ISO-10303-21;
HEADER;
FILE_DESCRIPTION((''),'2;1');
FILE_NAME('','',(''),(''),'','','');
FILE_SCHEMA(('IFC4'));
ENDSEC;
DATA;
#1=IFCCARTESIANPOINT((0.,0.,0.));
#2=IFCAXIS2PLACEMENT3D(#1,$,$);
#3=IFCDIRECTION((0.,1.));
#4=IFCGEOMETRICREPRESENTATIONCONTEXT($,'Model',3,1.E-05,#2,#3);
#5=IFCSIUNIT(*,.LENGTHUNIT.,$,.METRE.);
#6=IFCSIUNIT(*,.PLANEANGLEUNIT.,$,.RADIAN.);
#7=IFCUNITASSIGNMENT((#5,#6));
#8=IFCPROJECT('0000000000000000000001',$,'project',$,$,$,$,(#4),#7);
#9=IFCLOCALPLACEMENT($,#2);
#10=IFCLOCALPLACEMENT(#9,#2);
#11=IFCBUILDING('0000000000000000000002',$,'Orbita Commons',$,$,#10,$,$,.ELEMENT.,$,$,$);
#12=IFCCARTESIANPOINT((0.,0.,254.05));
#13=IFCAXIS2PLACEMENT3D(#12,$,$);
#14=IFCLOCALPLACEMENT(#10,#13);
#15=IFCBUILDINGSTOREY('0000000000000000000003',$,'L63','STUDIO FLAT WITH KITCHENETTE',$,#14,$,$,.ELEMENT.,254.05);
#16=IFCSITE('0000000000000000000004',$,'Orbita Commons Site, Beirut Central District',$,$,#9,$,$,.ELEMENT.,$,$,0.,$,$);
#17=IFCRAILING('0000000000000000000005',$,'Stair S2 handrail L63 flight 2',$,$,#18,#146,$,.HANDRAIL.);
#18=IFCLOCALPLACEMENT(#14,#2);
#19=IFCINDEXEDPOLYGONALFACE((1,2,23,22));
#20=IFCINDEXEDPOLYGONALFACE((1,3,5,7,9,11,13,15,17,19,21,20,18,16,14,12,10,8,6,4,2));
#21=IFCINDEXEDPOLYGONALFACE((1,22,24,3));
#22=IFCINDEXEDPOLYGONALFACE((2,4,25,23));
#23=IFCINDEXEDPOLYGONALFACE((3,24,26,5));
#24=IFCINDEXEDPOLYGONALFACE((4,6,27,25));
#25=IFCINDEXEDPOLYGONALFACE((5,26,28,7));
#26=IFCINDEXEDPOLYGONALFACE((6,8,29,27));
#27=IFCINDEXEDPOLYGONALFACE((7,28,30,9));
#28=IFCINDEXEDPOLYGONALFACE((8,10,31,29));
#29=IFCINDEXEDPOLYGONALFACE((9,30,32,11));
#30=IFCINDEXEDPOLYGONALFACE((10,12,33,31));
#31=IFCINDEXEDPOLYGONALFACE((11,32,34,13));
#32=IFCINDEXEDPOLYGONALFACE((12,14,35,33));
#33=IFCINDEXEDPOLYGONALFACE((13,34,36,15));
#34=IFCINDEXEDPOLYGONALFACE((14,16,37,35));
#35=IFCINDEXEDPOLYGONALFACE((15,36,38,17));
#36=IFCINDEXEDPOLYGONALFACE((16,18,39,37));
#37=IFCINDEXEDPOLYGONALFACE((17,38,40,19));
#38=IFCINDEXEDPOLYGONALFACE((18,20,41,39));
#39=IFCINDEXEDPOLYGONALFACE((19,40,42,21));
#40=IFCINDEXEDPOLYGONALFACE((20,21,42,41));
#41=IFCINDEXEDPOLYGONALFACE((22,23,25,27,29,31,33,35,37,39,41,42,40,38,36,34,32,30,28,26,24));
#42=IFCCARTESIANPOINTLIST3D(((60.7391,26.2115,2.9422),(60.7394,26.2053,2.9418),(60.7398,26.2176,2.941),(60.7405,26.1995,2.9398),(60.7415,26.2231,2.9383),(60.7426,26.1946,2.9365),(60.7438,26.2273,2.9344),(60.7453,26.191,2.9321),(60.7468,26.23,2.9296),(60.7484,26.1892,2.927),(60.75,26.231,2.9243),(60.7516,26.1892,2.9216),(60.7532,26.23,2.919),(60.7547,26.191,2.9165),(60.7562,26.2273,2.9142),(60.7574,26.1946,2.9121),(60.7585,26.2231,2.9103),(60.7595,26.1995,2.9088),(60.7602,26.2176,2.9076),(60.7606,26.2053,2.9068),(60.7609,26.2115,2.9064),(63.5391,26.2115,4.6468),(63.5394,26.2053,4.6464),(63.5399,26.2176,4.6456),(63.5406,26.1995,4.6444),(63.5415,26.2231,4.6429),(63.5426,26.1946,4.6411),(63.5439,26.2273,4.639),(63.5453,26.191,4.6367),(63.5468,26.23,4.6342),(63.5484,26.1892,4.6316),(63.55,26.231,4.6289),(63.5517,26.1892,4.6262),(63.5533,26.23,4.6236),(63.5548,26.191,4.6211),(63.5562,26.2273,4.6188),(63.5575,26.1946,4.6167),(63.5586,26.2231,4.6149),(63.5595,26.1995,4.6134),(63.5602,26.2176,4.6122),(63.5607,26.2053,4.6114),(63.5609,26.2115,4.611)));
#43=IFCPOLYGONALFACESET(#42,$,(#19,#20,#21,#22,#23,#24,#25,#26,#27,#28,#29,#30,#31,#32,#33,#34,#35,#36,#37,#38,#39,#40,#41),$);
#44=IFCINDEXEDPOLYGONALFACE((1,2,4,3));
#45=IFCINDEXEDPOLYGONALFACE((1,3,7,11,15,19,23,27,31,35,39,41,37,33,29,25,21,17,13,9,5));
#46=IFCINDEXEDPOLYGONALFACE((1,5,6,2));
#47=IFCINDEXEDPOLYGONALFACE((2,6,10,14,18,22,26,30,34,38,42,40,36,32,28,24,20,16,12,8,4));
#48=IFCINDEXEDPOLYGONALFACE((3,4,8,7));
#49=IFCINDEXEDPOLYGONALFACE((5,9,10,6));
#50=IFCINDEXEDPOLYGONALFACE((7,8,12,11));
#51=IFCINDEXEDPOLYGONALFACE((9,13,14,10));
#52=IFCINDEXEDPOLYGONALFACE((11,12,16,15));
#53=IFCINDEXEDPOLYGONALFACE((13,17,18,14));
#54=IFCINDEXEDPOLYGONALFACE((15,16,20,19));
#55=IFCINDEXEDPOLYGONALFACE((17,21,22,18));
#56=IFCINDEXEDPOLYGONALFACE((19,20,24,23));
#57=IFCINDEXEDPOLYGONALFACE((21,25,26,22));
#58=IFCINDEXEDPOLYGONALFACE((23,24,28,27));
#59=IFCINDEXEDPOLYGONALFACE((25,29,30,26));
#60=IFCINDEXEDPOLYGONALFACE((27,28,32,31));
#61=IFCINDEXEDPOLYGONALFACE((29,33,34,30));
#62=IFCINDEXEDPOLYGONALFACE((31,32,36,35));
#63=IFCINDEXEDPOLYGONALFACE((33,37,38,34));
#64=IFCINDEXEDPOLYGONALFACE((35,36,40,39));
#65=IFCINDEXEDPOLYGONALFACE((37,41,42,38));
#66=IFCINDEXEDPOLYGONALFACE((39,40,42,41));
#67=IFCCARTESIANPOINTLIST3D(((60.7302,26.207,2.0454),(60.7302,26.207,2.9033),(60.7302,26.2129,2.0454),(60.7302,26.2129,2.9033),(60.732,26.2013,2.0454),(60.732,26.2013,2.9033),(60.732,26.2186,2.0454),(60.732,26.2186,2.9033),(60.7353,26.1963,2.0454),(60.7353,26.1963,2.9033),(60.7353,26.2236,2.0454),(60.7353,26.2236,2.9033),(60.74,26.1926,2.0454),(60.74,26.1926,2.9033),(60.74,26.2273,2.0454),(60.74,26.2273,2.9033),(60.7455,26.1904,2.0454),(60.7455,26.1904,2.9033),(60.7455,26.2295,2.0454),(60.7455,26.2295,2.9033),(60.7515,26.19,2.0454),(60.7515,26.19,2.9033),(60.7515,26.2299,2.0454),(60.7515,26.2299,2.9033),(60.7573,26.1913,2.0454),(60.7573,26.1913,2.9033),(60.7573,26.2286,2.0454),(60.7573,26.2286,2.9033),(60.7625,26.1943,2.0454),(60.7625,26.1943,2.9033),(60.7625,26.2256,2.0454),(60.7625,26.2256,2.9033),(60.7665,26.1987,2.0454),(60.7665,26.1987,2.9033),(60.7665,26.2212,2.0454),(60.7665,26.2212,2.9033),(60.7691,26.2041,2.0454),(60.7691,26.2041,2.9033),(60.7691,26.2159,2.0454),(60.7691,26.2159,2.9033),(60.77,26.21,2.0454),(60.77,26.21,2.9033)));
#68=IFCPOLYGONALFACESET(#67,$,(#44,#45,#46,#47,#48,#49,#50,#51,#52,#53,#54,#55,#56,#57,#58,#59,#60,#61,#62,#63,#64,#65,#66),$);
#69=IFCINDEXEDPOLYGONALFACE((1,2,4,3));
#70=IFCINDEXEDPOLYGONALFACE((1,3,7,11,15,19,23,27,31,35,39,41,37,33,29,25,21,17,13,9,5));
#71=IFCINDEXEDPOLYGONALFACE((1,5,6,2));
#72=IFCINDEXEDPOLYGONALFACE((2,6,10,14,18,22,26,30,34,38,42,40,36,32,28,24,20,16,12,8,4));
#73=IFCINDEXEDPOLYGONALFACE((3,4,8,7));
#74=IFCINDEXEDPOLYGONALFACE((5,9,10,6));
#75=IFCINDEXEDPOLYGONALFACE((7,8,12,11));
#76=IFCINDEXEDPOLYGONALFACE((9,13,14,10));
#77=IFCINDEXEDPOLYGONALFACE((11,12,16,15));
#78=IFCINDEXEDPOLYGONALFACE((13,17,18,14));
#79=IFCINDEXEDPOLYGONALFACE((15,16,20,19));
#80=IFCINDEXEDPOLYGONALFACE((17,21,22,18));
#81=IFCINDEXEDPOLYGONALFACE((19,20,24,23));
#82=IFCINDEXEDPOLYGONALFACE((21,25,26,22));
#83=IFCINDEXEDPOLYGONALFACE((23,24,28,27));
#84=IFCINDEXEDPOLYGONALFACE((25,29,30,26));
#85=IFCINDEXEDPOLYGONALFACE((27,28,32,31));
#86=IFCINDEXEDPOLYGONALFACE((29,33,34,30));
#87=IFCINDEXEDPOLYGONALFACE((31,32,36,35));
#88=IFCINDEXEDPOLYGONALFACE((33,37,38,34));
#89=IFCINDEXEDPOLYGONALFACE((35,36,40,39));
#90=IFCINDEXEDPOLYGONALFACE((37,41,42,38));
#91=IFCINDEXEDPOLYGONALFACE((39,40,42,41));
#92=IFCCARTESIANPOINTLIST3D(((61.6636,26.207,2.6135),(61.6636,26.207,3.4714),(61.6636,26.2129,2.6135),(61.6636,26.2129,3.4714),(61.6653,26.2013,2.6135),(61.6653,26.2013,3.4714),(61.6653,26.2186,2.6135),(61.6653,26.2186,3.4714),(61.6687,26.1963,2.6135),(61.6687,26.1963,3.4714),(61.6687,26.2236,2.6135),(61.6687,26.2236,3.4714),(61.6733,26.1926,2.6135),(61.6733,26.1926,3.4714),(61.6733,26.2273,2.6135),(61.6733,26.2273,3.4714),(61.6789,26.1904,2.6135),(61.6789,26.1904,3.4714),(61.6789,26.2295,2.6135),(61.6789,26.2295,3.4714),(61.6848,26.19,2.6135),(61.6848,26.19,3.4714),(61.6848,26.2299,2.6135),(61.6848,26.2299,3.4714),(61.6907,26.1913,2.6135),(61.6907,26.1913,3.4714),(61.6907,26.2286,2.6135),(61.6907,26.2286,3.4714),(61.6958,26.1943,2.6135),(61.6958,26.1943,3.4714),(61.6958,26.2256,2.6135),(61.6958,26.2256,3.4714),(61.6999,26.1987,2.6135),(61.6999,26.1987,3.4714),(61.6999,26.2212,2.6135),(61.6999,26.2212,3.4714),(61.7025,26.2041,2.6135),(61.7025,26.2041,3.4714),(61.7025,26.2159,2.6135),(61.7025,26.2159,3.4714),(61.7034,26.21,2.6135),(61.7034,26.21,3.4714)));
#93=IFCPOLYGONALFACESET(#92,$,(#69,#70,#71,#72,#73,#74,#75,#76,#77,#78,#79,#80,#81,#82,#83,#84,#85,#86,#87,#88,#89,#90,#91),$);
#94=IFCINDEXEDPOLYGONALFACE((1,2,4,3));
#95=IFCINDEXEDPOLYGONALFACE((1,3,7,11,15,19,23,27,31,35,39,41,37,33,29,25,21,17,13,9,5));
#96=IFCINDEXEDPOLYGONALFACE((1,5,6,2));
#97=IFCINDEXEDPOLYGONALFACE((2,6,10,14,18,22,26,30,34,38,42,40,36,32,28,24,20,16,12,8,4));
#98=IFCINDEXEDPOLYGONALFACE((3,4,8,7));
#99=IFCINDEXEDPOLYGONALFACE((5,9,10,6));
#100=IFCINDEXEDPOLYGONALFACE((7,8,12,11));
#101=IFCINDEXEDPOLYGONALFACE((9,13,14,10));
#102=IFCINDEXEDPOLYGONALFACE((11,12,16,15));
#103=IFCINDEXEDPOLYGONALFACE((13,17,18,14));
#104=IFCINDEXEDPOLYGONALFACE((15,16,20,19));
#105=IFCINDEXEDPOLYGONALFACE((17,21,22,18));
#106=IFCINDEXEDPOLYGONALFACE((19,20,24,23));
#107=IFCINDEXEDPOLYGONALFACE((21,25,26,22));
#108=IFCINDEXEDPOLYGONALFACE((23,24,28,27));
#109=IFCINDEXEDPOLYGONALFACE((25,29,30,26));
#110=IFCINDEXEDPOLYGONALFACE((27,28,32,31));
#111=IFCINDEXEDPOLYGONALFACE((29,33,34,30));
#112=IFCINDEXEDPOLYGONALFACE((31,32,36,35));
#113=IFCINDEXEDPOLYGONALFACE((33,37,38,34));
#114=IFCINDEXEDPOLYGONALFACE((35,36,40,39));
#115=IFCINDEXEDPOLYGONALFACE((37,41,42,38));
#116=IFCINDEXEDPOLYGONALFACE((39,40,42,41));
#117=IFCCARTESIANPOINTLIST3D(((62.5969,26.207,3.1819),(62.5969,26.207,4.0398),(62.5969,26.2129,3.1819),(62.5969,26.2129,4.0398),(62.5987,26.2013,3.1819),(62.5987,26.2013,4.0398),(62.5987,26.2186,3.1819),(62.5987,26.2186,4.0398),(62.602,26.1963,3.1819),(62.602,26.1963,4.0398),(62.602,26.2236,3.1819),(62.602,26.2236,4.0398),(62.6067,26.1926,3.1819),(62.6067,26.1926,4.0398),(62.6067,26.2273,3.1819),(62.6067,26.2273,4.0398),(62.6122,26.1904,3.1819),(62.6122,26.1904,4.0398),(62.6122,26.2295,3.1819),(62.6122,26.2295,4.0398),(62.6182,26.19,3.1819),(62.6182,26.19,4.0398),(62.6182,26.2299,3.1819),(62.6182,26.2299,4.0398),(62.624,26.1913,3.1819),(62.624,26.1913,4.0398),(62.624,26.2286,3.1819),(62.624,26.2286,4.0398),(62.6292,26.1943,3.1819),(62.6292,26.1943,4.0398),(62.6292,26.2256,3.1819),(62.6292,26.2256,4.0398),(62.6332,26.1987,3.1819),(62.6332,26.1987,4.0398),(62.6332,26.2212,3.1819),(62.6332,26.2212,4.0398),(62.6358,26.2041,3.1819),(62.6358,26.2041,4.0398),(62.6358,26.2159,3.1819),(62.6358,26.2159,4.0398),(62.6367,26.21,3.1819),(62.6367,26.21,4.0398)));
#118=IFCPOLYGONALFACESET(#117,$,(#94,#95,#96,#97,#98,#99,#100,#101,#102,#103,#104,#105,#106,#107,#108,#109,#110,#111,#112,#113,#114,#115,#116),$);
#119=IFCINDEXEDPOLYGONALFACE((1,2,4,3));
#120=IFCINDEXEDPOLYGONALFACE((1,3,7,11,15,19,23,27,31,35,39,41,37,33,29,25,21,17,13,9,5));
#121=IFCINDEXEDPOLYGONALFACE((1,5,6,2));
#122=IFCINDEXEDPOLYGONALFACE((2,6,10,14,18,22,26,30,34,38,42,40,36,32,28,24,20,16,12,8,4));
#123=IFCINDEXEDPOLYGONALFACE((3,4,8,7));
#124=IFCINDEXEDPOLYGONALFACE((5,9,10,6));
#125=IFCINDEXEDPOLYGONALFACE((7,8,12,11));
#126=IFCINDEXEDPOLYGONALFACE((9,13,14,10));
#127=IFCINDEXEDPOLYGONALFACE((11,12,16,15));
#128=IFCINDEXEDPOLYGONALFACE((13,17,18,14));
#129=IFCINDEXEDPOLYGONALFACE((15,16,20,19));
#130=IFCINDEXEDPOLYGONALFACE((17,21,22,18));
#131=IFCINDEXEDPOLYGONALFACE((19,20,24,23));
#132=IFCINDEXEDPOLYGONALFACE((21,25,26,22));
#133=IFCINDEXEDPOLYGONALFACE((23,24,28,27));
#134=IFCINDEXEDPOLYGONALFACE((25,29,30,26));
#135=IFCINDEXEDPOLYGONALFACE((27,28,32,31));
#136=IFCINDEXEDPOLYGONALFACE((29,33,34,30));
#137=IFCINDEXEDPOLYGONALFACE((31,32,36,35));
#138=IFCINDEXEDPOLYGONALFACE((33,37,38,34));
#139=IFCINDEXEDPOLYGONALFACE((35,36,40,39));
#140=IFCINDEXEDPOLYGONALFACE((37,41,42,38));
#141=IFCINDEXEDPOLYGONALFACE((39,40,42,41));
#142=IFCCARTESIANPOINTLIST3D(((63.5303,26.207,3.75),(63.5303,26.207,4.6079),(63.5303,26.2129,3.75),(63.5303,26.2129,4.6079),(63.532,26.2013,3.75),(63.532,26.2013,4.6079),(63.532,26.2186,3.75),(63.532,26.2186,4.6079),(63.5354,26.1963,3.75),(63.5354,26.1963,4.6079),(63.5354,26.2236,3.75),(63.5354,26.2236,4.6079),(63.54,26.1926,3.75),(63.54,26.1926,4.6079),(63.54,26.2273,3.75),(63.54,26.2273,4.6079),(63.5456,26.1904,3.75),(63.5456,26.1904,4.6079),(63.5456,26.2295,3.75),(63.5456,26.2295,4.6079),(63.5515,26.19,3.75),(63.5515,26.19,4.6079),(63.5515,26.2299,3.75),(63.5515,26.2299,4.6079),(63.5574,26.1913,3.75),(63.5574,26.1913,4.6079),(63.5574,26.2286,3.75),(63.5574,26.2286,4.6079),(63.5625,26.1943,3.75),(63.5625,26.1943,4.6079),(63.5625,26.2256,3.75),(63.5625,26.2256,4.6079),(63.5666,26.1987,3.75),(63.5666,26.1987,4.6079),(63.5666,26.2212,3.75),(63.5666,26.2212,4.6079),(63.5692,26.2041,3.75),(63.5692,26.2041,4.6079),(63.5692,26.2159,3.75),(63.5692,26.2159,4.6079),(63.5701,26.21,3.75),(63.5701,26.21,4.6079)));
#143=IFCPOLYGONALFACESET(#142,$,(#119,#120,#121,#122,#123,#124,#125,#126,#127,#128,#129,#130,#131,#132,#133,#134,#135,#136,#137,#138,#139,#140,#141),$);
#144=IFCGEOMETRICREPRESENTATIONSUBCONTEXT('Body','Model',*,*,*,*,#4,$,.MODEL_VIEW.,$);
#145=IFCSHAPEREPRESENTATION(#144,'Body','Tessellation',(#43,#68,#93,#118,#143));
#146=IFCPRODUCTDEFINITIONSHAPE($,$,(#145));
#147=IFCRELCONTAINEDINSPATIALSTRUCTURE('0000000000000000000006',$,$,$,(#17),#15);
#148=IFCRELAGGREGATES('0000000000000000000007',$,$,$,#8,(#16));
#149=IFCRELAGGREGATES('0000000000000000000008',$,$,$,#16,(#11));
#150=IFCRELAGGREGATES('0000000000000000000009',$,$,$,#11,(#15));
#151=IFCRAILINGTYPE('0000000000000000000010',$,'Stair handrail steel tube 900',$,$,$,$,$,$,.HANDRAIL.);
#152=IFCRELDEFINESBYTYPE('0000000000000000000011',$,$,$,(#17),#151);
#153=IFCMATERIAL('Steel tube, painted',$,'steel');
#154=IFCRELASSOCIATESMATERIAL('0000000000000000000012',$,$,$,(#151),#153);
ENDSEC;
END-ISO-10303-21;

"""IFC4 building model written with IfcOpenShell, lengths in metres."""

from ifc_helpers import new_model, si_unit, direction, frame, origin, origin_2d, place, context, subcontext, project, spatial, circle, extrude, material, type_object, element, save


model = new_model("IFC4")

# Units and contexts
model_context = context("Model", 3, precision=1e-05, world=origin(), true_north=direction((0.0, 1.0)))
body_context = subcontext(model_context, "Body", "Model", "MODEL_VIEW")
ifc_project = project(units=[si_unit("LENGTHUNIT", "METRE"), si_unit("PLANEANGLEUNIT", "RADIAN")], contexts=[model_context])

# Site, building, storey
site_placement = place(None, origin())
site = spatial("IfcSite", under=ifc_project, at=site_placement, Name="Orbita Commons Site, Beirut Central District", CompositionType="ELEMENT", RefElevation=0.0)
building_placement = place(site_placement, origin())
building = spatial("IfcBuilding", under=site, at=building_placement, Name="Orbita Commons", CompositionType="ELEMENT")
storey_placement = place(building_placement, frame((0.0, 0.0, 254.05)))
storey = spatial("IfcBuildingStorey", under=building, at=storey_placement, Name="L63", Description="STUDIO FLAT WITH KITCHENETTE", CompositionType="ELEMENT", Elevation=254.05)

# Railing
ifc_material_1 = material(Name="Steel tube, painted", Category="steel")
railing_type = type_object("IfcRailingType", Name="Stair handrail steel tube 900", PredefinedType="HANDRAIL", material=ifc_material_1)
for number, where, name in (
    (1, (60.75, 26.21, 2.0454), "Stair S2 handrail L63 flight 2"),
):
    element("IfcRailing", number, at=place(storey_placement, frame(where)), inside=storey, type_object=railing_type, Name=name, PredefinedType="HANDRAIL", context=body_context, shape_type="SweptSolid", body=[
        extrude(circle(Radius=0.021, at=origin_2d()), frame((0.0, 0.0, 0.8789), z_axis=(0.85417, 0.0, 0.519994), x_axis=(0.0, 1.0, 0.0)), (0.0, 0.0, 1.0), 3.2781),
        extrude(circle(Radius=0.02, at=origin_2d()), origin(), (0.0, 0.0, 1.0), 0.8579),
        extrude(circle(Radius=0.02, at=origin_2d()), frame((0.9333, 0.0, 0.5681)), (0.0, 0.0, 1.0), 0.8579),
        extrude(circle(Radius=0.02, at=origin_2d()), frame((1.8667, 0.0, 1.1365)), (0.0, 0.0, 1.0), 0.8579),
        extrude(circle(Radius=0.02, at=origin_2d()), frame((2.8, 0.0, 1.7046)), (0.0, 0.0, 1.0), 0.8579),
    ])

save(model, "model.ifc")
